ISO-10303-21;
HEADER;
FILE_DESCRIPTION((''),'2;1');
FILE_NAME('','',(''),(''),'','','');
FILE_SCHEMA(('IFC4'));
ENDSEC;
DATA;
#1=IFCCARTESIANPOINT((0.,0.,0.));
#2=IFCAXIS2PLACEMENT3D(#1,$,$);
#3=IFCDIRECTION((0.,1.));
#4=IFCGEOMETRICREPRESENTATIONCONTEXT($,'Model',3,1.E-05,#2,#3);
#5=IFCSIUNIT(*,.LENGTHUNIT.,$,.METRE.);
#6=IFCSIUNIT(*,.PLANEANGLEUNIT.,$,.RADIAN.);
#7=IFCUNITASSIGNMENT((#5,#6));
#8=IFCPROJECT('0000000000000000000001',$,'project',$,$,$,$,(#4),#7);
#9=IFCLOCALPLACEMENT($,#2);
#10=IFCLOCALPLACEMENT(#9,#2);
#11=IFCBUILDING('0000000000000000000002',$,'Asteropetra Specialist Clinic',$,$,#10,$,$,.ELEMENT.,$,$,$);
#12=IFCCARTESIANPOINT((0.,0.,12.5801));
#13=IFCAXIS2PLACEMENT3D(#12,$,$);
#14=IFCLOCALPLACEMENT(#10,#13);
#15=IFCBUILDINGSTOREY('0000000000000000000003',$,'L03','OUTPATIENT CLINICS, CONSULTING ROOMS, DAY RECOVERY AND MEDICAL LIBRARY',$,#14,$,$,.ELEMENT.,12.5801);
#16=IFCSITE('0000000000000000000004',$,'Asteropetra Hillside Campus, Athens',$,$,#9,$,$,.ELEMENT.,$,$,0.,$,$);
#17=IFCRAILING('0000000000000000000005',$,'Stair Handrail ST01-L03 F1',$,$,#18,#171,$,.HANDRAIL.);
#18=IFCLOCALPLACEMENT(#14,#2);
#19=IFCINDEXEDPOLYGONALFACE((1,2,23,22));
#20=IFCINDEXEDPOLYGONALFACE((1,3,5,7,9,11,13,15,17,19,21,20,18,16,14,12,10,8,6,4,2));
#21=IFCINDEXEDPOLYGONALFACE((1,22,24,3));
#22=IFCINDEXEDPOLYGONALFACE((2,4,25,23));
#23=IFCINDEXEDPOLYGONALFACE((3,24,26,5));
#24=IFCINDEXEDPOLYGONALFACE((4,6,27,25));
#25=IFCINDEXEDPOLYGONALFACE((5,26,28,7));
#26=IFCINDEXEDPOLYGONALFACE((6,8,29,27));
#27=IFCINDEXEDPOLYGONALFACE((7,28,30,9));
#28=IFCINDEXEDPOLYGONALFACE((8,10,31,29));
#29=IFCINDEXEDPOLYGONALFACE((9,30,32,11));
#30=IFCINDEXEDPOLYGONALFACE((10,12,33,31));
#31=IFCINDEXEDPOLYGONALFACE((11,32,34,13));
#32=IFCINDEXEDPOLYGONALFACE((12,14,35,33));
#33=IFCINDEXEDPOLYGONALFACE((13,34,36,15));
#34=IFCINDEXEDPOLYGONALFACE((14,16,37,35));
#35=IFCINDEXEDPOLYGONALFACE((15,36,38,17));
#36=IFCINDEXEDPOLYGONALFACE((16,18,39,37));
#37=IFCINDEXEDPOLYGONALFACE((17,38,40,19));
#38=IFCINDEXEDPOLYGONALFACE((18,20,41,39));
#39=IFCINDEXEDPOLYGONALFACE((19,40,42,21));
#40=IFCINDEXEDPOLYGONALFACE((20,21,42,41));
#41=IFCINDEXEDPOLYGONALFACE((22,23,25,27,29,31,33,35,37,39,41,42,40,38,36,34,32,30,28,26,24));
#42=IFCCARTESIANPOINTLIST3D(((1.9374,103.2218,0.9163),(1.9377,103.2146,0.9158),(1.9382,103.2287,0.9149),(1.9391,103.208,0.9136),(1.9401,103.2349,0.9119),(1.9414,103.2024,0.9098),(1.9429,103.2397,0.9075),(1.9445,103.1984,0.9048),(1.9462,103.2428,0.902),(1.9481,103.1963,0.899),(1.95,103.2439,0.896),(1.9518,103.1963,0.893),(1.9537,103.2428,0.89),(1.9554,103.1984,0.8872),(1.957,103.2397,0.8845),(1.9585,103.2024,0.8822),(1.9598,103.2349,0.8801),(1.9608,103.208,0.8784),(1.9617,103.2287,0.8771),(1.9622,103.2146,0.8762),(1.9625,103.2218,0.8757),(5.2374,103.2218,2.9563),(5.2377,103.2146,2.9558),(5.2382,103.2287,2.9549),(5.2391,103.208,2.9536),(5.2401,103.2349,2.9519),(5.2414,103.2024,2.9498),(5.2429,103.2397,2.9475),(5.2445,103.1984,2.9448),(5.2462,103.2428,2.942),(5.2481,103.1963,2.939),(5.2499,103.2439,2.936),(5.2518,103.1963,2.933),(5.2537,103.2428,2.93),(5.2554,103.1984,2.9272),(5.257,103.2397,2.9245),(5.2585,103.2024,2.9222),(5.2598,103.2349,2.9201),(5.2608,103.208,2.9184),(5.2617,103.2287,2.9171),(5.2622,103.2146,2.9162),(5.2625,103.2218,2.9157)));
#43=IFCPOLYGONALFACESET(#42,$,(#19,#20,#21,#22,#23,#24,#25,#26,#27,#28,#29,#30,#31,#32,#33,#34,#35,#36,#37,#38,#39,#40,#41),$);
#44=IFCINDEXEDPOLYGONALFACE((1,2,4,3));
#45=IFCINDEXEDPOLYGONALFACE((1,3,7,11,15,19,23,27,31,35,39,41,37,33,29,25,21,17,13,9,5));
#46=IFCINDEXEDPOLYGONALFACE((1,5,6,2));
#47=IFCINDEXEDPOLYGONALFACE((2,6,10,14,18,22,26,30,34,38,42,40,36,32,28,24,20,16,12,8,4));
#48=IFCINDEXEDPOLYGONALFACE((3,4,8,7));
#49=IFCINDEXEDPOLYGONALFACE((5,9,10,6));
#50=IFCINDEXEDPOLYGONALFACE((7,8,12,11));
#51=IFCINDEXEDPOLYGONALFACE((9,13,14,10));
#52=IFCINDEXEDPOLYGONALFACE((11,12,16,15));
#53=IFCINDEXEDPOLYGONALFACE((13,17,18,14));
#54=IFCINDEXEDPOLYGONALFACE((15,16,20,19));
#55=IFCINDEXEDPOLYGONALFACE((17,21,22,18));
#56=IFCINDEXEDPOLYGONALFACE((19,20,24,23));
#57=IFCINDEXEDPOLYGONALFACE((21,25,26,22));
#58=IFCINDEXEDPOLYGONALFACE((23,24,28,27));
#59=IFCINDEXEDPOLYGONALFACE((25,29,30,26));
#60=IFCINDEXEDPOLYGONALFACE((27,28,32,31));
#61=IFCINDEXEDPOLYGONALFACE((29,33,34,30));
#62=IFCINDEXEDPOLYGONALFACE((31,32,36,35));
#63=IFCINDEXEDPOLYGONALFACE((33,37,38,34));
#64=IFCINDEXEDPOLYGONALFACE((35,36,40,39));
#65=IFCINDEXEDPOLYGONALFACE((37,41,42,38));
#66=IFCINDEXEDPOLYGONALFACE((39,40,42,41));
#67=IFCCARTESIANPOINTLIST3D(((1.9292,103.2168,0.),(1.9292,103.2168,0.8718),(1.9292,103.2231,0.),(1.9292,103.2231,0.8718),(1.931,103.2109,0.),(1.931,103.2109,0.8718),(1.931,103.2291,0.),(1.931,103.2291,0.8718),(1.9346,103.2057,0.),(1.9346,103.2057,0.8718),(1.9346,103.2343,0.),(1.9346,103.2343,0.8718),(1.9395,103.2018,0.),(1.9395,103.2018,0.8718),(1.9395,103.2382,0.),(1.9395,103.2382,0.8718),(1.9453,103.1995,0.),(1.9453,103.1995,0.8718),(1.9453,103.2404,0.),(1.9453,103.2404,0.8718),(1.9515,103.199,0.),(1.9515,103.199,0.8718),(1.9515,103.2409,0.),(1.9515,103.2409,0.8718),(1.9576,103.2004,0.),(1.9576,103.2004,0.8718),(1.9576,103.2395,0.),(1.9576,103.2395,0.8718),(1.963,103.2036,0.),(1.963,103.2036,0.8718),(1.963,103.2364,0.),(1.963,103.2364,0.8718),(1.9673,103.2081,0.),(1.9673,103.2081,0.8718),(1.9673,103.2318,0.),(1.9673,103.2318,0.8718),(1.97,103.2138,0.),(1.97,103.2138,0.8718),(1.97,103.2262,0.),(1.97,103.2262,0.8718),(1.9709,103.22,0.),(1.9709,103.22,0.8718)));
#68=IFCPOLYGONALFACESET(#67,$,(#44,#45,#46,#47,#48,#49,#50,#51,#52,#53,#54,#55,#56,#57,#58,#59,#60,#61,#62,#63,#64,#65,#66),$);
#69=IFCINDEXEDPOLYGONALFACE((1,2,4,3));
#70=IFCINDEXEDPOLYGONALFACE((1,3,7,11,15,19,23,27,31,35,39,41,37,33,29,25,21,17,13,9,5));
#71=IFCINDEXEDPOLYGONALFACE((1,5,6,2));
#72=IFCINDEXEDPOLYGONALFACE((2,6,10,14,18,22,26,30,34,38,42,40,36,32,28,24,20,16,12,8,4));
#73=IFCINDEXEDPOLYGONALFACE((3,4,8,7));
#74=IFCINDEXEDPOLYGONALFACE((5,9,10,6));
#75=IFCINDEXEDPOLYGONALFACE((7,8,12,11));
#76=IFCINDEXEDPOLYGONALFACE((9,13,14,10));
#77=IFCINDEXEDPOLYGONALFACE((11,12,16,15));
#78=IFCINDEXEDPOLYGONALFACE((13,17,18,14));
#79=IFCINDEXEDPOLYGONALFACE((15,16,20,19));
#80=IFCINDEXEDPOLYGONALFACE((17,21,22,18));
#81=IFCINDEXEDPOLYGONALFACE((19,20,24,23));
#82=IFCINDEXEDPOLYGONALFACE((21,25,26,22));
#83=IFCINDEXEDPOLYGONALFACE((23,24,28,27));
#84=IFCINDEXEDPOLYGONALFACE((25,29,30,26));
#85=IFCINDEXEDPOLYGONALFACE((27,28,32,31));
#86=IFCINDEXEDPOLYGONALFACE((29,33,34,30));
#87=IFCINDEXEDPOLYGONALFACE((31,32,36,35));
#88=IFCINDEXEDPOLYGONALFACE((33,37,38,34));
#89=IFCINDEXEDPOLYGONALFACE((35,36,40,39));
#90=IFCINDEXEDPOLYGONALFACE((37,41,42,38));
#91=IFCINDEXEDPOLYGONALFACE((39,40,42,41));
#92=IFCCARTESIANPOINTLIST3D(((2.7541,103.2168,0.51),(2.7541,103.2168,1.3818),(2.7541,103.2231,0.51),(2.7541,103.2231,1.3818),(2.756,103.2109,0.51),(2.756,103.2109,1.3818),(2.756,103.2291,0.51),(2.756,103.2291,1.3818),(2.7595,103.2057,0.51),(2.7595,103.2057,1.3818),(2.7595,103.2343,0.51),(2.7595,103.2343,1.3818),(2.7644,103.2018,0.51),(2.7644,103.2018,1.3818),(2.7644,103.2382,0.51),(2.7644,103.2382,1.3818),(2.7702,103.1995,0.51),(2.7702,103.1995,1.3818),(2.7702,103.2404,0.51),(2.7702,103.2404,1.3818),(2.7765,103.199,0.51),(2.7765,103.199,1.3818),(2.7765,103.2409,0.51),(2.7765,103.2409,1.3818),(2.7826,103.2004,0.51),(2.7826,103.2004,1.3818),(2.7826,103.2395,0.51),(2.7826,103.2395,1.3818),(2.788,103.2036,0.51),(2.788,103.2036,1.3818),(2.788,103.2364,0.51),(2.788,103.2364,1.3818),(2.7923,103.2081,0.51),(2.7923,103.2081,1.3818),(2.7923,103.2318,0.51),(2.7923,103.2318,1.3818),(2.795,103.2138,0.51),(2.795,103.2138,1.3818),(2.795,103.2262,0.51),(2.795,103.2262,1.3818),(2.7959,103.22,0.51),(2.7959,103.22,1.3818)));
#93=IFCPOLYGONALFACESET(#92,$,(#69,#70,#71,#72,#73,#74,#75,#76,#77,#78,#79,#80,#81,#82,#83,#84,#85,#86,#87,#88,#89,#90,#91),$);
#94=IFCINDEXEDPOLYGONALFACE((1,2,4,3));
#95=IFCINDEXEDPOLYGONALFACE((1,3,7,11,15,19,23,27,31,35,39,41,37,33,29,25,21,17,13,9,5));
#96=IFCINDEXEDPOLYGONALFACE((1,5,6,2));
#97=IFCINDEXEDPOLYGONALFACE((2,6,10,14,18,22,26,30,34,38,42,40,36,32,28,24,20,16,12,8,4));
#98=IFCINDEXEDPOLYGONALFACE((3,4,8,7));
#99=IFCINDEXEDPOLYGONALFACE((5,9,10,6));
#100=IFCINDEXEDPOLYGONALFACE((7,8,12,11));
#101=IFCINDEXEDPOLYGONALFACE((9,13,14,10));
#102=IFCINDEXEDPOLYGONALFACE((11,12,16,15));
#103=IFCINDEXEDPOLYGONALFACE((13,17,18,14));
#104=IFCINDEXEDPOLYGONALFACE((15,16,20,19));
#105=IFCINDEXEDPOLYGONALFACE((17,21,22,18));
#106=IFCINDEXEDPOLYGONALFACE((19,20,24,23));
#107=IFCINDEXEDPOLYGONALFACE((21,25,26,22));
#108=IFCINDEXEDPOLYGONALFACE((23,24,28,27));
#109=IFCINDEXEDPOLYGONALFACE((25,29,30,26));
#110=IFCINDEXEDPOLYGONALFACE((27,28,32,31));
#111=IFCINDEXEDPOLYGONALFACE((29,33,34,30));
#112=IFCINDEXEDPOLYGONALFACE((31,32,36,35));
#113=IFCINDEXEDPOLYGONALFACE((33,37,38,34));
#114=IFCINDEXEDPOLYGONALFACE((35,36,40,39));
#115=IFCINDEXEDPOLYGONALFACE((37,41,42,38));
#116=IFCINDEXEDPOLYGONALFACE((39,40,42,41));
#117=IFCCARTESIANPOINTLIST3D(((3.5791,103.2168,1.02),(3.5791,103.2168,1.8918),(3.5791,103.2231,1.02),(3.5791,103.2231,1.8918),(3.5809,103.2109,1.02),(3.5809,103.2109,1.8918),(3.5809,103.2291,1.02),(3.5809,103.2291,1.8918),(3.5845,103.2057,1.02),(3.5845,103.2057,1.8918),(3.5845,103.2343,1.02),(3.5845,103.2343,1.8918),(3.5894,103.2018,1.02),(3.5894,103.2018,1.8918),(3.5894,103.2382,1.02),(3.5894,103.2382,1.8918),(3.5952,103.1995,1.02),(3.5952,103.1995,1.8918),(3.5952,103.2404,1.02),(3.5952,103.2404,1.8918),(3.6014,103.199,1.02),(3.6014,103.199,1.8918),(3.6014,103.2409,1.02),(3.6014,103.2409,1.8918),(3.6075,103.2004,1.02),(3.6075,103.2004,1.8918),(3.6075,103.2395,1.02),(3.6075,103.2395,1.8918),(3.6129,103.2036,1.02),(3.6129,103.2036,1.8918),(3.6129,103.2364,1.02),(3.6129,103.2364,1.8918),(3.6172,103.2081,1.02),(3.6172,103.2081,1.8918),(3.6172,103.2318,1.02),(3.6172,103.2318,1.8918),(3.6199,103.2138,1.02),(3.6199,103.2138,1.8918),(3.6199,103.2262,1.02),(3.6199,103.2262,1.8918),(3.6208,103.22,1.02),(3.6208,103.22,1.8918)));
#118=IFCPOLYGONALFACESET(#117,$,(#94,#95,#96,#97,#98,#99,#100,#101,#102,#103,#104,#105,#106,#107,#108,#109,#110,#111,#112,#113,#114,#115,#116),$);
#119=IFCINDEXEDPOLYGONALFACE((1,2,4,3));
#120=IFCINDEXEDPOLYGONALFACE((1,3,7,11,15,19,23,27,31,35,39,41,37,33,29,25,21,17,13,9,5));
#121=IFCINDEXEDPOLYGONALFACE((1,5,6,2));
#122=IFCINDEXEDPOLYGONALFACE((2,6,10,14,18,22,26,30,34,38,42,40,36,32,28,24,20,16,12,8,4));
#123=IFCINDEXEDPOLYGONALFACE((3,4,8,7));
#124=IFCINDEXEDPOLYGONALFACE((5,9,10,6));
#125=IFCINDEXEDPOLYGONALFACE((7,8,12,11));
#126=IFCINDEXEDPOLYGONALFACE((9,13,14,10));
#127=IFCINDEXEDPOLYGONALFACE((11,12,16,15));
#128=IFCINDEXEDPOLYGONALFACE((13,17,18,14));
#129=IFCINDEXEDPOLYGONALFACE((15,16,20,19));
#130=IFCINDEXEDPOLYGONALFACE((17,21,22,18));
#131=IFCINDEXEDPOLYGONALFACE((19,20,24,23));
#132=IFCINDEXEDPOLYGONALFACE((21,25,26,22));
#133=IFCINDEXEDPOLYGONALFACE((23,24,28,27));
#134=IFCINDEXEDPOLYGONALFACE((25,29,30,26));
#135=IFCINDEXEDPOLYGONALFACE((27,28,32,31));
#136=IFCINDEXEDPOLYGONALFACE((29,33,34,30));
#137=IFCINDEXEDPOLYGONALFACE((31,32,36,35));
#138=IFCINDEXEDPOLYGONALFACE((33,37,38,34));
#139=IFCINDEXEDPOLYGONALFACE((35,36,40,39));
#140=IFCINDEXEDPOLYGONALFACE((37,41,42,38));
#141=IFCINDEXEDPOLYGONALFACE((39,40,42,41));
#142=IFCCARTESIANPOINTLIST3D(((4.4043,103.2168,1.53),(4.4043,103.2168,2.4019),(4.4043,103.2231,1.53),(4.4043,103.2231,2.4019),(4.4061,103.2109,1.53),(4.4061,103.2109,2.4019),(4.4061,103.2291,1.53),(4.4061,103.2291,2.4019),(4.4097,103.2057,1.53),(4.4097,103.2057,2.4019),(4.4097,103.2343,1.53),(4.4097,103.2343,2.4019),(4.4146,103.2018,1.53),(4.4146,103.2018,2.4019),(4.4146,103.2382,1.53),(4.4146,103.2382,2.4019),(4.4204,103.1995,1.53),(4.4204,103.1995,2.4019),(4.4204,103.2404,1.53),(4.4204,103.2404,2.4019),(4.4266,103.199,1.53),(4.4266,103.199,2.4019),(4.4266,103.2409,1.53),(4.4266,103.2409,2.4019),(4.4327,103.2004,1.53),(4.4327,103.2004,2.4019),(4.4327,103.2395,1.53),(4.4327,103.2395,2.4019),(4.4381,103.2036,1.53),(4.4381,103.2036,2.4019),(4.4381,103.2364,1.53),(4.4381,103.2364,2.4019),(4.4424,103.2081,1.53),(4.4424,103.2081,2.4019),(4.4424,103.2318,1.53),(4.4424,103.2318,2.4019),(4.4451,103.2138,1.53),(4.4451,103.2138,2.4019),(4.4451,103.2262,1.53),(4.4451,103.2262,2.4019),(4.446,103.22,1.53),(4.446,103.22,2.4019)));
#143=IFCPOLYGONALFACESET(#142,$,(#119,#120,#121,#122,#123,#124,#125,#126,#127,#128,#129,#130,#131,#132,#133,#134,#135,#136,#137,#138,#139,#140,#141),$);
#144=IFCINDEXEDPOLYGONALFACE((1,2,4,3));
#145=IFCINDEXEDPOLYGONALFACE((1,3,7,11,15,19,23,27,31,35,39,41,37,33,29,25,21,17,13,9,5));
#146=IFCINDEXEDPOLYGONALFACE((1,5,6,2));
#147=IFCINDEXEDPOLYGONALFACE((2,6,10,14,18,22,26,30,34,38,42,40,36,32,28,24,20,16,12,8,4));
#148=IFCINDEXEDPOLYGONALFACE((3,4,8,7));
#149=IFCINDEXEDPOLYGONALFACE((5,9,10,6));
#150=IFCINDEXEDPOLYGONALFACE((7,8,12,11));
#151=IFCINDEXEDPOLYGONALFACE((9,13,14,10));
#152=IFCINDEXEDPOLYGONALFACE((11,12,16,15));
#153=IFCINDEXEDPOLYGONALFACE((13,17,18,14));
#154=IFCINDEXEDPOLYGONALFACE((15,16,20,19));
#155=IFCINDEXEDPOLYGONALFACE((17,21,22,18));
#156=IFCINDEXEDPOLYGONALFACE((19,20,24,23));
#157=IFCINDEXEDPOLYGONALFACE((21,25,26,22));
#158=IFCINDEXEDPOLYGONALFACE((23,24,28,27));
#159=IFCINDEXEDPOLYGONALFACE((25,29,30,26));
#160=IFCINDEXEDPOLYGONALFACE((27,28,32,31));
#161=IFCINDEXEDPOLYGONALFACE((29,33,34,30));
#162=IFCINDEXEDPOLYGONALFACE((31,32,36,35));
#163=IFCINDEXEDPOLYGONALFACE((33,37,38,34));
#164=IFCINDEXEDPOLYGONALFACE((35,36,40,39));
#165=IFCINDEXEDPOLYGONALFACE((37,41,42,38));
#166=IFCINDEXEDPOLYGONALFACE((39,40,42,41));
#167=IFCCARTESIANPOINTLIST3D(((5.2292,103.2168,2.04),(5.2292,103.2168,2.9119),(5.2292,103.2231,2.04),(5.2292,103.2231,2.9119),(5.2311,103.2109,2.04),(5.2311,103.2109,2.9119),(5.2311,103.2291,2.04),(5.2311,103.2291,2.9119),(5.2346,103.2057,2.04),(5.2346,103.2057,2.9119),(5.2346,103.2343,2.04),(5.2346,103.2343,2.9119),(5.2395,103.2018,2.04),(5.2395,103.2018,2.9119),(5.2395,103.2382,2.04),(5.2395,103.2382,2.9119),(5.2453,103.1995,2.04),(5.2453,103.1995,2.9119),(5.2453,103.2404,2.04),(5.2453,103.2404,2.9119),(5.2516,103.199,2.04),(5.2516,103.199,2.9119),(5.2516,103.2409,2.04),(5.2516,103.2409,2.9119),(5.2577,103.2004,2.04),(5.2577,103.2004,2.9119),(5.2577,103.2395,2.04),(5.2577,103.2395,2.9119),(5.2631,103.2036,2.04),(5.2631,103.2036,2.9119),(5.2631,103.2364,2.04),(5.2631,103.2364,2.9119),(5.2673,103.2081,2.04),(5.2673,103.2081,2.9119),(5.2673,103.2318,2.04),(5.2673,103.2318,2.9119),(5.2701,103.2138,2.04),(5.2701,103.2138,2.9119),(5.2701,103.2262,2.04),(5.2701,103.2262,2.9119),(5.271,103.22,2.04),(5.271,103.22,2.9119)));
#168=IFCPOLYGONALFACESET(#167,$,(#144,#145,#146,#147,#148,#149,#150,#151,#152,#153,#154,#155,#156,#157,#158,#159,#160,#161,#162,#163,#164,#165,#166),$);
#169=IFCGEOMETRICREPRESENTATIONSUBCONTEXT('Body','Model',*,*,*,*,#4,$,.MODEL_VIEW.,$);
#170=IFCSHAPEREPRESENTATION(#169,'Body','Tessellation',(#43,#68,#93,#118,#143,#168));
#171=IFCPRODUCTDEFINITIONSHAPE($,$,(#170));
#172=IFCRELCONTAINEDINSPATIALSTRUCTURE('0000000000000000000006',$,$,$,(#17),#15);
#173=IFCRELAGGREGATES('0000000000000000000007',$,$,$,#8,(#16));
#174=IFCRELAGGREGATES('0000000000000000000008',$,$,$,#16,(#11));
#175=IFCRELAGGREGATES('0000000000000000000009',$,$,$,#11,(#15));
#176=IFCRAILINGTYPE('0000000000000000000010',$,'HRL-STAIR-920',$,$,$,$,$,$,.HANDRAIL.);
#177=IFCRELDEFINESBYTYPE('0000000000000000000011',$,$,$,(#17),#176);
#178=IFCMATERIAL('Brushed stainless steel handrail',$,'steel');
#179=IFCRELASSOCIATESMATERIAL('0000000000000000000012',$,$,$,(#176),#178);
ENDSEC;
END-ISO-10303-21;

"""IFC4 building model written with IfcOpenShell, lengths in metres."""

from ifc_helpers import new_model, si_unit, direction, frame, origin, origin_2d, place, context, subcontext, project, spatial, circle, extrude, material, type_object, element, save


model = new_model("IFC4")

# Units and contexts
model_context = context("Model", 3, precision=1e-05, world=origin(), true_north=direction((0.0, 1.0)))
body_context = subcontext(model_context, "Body", "Model", "MODEL_VIEW")
ifc_project = project(units=[si_unit("LENGTHUNIT", "METRE"), si_unit("PLANEANGLEUNIT", "RADIAN")], contexts=[model_context])

# Site, building, storey
site_placement = place(None, origin())
site = spatial("IfcSite", under=ifc_project, at=site_placement, Name="Asteropetra Hillside Campus, Athens", CompositionType="ELEMENT", RefElevation=0.0)
building_placement = place(site_placement, origin())
building = spatial("IfcBuilding", under=site, at=building_placement, Name="Asteropetra Specialist Clinic", CompositionType="ELEMENT")
storey_placement = place(building_placement, frame((0.0, 0.0, 12.5801)))
storey = spatial("IfcBuildingStorey", under=building, at=storey_placement, Name="L03", Description="OUTPATIENT CLINICS, CONSULTING ROOMS, DAY RECOVERY AND MEDICAL LIBRARY", CompositionType="ELEMENT", Elevation=12.5801)

# Railing
ifc_material_1 = material(Name="Brushed stainless steel handrail", Category="steel")
railing_type_1 = type_object("IfcRailingType", Name="HRL-STAIR-920", PredefinedType="HANDRAIL", material=ifc_material_1)
railing_1_placement = place(storey_placement, frame((1.95, 103.22, 0.0)))
element("IfcRailing", 1, at=railing_1_placement, inside=storey, type_object=railing_type_1, Name="Stair Handrail ST01-L03 F1", PredefinedType="HANDRAIL", context=body_context, shape_type="SweptSolid", body=[
    extrude(circle(Radius=0.0239, at=origin_2d()), frame((0.0, 0.0, 0.896), z_axis=(0.850594, 0.0, 0.525824), x_axis=(0.0, 1.0, 0.0)), (0.0, 0.0, 1.0), 3.8796),
    extrude(circle(Radius=0.021, at=origin_2d()), origin(), (0.0, 0.0, 1.0), 0.8718),
    extrude(circle(Radius=0.021, at=origin_2d()), frame((0.825, 0.0, 0.51)), (0.0, 0.0, 1.0), 0.8718),
    extrude(circle(Radius=0.021, at=origin_2d()), frame((1.6499, 0.0, 1.02)), (0.0, 0.0, 1.0), 0.8718),
    extrude(circle(Radius=0.021, at=origin_2d()), frame((2.4751, 0.0, 1.53)), (0.0, 0.0, 1.0), 0.8718),
    extrude(circle(Radius=0.021, at=origin_2d()), frame((3.3, 0.0, 2.04)), (0.0, 0.0, 1.0), 0.8718),
])

save(model, "model.ifc")
